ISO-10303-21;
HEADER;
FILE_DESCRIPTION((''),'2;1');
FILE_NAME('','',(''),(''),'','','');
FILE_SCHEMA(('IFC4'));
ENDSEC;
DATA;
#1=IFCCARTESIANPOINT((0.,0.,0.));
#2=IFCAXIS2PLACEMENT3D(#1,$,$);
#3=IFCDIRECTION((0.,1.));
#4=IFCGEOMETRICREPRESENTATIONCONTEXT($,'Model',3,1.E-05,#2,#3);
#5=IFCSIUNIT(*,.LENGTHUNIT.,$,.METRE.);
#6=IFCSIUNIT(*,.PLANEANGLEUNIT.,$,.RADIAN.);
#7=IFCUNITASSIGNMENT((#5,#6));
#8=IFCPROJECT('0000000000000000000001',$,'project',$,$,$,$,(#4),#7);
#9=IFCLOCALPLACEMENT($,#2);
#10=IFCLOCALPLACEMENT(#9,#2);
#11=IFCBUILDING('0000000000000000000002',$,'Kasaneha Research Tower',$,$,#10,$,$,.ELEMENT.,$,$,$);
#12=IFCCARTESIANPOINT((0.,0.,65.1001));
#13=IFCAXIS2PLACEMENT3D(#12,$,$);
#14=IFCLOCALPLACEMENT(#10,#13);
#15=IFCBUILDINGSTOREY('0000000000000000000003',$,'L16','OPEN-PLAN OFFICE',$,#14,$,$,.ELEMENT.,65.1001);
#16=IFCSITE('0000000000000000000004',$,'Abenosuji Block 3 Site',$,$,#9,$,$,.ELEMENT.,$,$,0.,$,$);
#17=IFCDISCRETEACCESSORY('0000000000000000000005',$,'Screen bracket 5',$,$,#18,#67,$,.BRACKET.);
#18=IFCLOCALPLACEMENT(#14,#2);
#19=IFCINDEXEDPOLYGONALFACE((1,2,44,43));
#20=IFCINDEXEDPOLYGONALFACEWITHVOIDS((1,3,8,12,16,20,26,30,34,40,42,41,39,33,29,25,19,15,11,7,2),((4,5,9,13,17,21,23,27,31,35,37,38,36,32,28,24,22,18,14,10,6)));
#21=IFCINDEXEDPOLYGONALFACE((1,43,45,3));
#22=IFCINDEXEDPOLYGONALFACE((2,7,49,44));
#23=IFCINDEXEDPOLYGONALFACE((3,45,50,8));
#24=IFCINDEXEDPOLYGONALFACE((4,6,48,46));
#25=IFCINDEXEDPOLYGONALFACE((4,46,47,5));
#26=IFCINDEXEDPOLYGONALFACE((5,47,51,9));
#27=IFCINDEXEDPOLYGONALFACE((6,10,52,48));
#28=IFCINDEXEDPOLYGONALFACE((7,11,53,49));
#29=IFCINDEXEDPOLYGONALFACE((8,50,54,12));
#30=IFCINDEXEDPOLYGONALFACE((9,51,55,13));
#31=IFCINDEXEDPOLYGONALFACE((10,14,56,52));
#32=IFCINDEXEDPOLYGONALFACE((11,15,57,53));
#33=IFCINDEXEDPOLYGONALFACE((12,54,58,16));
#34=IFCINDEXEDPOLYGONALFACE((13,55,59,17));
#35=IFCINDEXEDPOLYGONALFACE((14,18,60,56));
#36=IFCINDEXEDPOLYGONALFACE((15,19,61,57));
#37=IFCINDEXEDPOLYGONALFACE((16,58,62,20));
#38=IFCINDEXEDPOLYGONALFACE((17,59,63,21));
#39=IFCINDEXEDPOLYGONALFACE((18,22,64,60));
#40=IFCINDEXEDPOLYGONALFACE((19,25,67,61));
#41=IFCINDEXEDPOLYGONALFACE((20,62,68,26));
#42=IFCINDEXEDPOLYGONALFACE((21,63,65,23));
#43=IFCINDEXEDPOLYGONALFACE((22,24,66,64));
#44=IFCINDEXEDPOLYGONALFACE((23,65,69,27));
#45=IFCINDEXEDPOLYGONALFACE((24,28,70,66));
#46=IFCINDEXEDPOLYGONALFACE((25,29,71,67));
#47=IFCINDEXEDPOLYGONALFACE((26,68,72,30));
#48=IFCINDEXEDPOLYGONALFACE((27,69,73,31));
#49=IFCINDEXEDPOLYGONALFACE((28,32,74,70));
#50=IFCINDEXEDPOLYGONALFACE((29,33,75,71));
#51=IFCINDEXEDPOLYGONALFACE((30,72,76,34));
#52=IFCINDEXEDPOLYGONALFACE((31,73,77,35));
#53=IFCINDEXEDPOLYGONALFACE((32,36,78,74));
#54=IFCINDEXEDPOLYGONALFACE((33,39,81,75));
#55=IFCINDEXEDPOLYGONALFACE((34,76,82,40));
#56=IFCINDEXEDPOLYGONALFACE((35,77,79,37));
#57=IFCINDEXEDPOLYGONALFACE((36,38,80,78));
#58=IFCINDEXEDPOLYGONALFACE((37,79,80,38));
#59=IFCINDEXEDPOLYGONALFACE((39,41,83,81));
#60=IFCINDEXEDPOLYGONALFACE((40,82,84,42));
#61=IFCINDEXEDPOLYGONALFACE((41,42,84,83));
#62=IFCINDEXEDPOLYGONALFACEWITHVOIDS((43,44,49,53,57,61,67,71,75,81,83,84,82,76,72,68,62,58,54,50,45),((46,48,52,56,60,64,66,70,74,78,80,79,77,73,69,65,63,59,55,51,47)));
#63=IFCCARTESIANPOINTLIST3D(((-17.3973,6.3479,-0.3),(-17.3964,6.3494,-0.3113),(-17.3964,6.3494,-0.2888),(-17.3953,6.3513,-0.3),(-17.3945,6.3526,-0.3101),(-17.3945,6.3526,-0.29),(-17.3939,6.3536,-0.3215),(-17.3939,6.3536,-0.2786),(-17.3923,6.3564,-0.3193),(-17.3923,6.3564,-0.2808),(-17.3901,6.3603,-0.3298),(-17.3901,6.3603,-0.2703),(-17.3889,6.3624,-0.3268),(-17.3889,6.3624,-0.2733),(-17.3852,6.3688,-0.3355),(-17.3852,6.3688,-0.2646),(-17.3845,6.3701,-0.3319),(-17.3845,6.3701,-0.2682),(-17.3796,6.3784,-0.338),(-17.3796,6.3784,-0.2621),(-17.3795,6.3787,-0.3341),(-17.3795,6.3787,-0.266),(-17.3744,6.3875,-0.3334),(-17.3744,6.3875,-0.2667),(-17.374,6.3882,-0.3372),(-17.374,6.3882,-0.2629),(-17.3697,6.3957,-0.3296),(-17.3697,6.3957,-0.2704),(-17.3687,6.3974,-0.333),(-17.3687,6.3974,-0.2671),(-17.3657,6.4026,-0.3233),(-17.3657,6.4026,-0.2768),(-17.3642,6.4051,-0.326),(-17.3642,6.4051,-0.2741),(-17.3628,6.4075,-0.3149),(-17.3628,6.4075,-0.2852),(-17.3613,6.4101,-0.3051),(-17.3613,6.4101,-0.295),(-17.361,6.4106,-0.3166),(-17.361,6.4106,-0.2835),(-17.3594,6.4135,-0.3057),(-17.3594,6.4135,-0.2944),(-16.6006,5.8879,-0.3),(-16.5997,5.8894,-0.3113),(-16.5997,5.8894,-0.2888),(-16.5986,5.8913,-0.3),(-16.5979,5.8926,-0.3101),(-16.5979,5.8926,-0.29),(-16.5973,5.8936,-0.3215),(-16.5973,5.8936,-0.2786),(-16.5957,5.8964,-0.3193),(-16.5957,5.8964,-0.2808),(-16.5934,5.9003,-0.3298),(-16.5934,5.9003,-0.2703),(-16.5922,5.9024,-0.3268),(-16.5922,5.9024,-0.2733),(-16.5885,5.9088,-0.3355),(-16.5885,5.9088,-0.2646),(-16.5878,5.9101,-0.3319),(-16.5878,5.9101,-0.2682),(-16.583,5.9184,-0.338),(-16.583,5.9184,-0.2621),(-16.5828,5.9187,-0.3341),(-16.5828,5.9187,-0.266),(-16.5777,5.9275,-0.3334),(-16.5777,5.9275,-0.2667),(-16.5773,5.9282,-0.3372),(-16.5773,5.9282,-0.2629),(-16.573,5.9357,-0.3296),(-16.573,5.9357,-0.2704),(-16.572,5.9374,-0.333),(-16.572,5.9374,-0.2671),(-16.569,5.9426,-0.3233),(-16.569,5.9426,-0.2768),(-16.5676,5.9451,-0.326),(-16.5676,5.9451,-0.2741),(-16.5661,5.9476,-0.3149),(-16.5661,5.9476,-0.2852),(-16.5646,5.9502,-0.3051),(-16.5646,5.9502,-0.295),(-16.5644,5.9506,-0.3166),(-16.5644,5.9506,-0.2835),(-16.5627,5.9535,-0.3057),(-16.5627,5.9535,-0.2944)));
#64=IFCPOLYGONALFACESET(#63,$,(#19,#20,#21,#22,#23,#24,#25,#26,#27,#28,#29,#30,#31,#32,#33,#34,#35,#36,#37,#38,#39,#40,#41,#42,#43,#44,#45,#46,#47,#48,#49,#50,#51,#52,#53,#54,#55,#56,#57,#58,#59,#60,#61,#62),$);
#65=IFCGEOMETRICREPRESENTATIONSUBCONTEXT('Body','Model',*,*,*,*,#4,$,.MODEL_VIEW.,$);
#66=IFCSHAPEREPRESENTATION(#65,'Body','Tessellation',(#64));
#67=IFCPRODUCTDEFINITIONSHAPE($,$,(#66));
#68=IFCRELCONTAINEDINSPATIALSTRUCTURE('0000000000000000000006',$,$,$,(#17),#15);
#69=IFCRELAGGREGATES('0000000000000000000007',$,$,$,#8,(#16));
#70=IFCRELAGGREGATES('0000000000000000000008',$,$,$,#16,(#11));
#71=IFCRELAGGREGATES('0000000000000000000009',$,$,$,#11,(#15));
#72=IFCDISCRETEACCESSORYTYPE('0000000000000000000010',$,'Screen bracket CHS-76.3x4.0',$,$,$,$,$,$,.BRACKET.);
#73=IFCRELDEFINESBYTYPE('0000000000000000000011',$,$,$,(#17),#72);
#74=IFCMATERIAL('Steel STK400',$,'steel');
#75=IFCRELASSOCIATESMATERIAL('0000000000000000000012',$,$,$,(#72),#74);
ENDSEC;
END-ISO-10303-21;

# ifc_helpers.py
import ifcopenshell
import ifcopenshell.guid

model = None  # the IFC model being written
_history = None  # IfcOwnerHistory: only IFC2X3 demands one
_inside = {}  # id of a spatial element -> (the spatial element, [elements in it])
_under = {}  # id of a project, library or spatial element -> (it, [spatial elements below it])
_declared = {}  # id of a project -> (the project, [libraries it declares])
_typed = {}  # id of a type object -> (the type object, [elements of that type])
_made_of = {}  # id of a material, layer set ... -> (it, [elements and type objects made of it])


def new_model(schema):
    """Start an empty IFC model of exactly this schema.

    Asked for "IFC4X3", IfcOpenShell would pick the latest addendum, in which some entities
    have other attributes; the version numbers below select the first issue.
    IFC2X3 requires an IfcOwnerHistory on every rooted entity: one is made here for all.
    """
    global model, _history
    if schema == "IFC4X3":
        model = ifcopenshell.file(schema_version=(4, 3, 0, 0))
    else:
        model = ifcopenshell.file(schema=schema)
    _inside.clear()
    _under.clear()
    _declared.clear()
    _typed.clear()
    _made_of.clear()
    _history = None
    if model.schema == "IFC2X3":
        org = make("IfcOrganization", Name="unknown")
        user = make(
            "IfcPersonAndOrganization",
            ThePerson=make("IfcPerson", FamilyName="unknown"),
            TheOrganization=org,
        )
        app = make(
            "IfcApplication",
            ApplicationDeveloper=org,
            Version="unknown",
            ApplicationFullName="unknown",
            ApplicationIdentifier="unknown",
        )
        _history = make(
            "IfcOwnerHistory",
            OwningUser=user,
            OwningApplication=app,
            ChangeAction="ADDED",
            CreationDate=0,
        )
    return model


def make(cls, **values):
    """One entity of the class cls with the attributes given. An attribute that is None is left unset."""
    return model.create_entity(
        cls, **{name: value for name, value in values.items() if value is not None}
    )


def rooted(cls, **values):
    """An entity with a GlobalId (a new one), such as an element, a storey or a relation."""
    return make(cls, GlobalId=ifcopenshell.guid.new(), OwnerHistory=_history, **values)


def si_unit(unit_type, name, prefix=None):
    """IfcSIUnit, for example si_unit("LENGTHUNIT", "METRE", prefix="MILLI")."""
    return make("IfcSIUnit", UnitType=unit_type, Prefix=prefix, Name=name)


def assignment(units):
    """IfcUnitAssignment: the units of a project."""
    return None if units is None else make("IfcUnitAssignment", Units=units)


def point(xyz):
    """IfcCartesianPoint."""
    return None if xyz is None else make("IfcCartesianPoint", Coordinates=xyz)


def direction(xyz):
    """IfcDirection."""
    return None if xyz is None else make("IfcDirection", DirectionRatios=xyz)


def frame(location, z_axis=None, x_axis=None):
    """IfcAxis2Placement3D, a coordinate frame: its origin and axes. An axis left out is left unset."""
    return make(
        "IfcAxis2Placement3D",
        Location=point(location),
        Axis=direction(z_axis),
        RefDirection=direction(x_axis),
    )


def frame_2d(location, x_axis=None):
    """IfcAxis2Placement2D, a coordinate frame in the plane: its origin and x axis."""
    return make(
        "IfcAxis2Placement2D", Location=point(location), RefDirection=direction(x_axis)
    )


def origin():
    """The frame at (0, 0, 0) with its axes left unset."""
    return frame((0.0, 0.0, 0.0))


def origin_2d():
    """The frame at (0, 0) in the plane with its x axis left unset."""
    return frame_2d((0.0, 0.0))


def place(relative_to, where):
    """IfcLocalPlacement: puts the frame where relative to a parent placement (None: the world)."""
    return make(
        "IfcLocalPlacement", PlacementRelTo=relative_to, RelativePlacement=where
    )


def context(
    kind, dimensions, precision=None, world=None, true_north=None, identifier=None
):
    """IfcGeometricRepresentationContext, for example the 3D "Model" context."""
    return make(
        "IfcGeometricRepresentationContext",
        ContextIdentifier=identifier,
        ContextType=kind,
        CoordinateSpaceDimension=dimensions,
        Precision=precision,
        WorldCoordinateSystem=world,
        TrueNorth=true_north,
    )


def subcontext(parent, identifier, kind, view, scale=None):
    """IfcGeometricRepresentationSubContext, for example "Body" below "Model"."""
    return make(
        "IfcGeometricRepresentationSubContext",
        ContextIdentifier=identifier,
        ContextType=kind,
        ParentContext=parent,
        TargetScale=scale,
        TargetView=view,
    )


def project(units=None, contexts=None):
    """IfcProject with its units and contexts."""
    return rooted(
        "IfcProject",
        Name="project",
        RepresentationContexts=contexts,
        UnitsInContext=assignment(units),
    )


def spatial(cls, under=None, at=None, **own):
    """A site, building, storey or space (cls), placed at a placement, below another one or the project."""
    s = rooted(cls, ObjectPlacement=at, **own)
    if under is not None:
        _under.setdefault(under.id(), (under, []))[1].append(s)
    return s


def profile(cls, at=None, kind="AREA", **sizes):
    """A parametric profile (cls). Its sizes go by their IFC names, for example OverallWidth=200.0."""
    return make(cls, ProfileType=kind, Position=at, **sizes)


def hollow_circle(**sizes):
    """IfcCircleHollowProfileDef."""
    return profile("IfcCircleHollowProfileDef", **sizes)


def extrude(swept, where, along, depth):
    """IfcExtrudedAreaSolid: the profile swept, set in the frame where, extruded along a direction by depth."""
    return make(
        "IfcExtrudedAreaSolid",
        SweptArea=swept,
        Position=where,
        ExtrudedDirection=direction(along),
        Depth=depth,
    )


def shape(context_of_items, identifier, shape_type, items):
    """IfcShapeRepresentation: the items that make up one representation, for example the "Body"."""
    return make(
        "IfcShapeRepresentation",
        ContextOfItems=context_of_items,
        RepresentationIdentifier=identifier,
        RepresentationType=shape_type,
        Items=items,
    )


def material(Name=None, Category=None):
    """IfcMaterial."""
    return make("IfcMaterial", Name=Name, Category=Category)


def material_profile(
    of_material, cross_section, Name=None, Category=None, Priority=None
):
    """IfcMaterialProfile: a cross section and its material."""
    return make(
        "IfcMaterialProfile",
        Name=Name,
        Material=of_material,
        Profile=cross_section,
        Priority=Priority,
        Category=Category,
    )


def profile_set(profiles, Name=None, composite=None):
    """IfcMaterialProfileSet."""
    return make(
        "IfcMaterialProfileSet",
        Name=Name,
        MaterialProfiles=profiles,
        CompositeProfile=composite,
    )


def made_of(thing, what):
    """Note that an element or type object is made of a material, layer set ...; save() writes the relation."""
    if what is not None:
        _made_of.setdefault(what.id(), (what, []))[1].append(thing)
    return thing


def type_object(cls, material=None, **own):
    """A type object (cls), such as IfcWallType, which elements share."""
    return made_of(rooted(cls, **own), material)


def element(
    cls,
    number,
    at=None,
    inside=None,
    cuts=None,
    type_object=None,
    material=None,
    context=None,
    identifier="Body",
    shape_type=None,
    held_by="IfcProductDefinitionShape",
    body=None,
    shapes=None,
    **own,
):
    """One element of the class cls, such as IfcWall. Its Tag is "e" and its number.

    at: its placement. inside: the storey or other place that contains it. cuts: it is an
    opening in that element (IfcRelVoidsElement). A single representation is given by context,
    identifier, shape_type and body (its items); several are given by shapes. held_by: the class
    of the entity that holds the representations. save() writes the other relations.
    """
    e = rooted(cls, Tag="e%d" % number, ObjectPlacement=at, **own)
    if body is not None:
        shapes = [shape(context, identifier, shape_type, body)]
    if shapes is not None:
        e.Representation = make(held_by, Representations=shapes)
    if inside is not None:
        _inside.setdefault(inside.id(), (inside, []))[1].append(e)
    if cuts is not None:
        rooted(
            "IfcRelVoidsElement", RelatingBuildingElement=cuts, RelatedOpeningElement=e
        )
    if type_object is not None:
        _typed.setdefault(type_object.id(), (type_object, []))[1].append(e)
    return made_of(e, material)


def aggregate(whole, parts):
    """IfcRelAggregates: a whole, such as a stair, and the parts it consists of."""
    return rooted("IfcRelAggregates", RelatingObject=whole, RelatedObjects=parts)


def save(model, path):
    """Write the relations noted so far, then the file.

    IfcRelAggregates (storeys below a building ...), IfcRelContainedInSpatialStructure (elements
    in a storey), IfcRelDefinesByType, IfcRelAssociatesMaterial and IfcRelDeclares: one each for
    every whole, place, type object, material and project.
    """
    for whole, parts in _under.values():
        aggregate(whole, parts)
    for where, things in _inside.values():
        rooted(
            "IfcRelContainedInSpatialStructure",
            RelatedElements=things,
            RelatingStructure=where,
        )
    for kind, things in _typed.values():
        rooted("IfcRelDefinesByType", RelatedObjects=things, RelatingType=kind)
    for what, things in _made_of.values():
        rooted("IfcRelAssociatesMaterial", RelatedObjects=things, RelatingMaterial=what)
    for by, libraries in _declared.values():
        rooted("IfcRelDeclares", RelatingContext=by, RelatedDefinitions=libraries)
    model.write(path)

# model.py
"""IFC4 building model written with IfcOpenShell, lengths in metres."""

from ifc_helpers import new_model, si_unit, direction, frame, origin, origin_2d, place, context, subcontext, project, spatial, hollow_circle, extrude, material, material_profile, profile_set, type_object, element, save


model = new_model("IFC4")

# Units and contexts
model_context = context("Model", 3, precision=1e-05, world=origin(), true_north=direction((0.0, 1.0)))
body_context = subcontext(model_context, "Body", "Model", "MODEL_VIEW")
ifc_project = project(units=[si_unit("LENGTHUNIT", "METRE"), si_unit("PLANEANGLEUNIT", "RADIAN")], contexts=[model_context])

# Site, building, storey
site_placement = place(None, origin())
site = spatial("IfcSite", under=ifc_project, at=site_placement, Name="Abenosuji Block 3 Site", CompositionType="ELEMENT", RefElevation=0.0)
building_placement = place(site_placement, origin())
building = spatial("IfcBuilding", under=site, at=building_placement, Name="Kasaneha Research Tower", CompositionType="ELEMENT")
storey_placement = place(building_placement, frame((0.0, 0.0, 65.1001)))
storey = spatial("IfcBuildingStorey", under=building, at=storey_placement, Name="L16", Description="OPEN-PLAN OFFICE", CompositionType="ELEMENT", Elevation=65.1001)

# Discrete accessory
ifc_material_1 = material(Name="Steel STK400", Category="steel")
ifc_material_profile_1 = material_profile(ifc_material_1, hollow_circle(Radius=0.0381, WallThickness=0.0039, at=origin_2d()), Name="CHS-76.3x4.0")
ifc_profile_set_1 = profile_set([ifc_material_profile_1], Name="Steel STK400")
discrete_accessory_type = type_object("IfcDiscreteAccessoryType", Name="Screen bracket CHS-76.3x4.0", PredefinedType="BRACKET", material=ifc_profile_set_1)
for number, where, z_axis, x_axis, name in (
    (1, (-16.5815, 5.9209, -0.3), (-0.866013, 0.500021, 0.0), (-0.500021, -0.866013, 0.0), "Screen bracket 5"),
):
    element("IfcDiscreteAccessory", number, at=place(storey_placement, frame(where, z_axis=z_axis, x_axis=x_axis)), inside=storey, type_object=discrete_accessory_type, Name=name, PredefinedType="BRACKET", context=body_context, shape_type="SweptSolid", body=[
        extrude(hollow_circle(Radius=0.0381, WallThickness=0.0039, at=origin_2d()), origin(), (0.0, 0.0, 1.0), 0.9199),
    ])

save(model, "model.ifc")
